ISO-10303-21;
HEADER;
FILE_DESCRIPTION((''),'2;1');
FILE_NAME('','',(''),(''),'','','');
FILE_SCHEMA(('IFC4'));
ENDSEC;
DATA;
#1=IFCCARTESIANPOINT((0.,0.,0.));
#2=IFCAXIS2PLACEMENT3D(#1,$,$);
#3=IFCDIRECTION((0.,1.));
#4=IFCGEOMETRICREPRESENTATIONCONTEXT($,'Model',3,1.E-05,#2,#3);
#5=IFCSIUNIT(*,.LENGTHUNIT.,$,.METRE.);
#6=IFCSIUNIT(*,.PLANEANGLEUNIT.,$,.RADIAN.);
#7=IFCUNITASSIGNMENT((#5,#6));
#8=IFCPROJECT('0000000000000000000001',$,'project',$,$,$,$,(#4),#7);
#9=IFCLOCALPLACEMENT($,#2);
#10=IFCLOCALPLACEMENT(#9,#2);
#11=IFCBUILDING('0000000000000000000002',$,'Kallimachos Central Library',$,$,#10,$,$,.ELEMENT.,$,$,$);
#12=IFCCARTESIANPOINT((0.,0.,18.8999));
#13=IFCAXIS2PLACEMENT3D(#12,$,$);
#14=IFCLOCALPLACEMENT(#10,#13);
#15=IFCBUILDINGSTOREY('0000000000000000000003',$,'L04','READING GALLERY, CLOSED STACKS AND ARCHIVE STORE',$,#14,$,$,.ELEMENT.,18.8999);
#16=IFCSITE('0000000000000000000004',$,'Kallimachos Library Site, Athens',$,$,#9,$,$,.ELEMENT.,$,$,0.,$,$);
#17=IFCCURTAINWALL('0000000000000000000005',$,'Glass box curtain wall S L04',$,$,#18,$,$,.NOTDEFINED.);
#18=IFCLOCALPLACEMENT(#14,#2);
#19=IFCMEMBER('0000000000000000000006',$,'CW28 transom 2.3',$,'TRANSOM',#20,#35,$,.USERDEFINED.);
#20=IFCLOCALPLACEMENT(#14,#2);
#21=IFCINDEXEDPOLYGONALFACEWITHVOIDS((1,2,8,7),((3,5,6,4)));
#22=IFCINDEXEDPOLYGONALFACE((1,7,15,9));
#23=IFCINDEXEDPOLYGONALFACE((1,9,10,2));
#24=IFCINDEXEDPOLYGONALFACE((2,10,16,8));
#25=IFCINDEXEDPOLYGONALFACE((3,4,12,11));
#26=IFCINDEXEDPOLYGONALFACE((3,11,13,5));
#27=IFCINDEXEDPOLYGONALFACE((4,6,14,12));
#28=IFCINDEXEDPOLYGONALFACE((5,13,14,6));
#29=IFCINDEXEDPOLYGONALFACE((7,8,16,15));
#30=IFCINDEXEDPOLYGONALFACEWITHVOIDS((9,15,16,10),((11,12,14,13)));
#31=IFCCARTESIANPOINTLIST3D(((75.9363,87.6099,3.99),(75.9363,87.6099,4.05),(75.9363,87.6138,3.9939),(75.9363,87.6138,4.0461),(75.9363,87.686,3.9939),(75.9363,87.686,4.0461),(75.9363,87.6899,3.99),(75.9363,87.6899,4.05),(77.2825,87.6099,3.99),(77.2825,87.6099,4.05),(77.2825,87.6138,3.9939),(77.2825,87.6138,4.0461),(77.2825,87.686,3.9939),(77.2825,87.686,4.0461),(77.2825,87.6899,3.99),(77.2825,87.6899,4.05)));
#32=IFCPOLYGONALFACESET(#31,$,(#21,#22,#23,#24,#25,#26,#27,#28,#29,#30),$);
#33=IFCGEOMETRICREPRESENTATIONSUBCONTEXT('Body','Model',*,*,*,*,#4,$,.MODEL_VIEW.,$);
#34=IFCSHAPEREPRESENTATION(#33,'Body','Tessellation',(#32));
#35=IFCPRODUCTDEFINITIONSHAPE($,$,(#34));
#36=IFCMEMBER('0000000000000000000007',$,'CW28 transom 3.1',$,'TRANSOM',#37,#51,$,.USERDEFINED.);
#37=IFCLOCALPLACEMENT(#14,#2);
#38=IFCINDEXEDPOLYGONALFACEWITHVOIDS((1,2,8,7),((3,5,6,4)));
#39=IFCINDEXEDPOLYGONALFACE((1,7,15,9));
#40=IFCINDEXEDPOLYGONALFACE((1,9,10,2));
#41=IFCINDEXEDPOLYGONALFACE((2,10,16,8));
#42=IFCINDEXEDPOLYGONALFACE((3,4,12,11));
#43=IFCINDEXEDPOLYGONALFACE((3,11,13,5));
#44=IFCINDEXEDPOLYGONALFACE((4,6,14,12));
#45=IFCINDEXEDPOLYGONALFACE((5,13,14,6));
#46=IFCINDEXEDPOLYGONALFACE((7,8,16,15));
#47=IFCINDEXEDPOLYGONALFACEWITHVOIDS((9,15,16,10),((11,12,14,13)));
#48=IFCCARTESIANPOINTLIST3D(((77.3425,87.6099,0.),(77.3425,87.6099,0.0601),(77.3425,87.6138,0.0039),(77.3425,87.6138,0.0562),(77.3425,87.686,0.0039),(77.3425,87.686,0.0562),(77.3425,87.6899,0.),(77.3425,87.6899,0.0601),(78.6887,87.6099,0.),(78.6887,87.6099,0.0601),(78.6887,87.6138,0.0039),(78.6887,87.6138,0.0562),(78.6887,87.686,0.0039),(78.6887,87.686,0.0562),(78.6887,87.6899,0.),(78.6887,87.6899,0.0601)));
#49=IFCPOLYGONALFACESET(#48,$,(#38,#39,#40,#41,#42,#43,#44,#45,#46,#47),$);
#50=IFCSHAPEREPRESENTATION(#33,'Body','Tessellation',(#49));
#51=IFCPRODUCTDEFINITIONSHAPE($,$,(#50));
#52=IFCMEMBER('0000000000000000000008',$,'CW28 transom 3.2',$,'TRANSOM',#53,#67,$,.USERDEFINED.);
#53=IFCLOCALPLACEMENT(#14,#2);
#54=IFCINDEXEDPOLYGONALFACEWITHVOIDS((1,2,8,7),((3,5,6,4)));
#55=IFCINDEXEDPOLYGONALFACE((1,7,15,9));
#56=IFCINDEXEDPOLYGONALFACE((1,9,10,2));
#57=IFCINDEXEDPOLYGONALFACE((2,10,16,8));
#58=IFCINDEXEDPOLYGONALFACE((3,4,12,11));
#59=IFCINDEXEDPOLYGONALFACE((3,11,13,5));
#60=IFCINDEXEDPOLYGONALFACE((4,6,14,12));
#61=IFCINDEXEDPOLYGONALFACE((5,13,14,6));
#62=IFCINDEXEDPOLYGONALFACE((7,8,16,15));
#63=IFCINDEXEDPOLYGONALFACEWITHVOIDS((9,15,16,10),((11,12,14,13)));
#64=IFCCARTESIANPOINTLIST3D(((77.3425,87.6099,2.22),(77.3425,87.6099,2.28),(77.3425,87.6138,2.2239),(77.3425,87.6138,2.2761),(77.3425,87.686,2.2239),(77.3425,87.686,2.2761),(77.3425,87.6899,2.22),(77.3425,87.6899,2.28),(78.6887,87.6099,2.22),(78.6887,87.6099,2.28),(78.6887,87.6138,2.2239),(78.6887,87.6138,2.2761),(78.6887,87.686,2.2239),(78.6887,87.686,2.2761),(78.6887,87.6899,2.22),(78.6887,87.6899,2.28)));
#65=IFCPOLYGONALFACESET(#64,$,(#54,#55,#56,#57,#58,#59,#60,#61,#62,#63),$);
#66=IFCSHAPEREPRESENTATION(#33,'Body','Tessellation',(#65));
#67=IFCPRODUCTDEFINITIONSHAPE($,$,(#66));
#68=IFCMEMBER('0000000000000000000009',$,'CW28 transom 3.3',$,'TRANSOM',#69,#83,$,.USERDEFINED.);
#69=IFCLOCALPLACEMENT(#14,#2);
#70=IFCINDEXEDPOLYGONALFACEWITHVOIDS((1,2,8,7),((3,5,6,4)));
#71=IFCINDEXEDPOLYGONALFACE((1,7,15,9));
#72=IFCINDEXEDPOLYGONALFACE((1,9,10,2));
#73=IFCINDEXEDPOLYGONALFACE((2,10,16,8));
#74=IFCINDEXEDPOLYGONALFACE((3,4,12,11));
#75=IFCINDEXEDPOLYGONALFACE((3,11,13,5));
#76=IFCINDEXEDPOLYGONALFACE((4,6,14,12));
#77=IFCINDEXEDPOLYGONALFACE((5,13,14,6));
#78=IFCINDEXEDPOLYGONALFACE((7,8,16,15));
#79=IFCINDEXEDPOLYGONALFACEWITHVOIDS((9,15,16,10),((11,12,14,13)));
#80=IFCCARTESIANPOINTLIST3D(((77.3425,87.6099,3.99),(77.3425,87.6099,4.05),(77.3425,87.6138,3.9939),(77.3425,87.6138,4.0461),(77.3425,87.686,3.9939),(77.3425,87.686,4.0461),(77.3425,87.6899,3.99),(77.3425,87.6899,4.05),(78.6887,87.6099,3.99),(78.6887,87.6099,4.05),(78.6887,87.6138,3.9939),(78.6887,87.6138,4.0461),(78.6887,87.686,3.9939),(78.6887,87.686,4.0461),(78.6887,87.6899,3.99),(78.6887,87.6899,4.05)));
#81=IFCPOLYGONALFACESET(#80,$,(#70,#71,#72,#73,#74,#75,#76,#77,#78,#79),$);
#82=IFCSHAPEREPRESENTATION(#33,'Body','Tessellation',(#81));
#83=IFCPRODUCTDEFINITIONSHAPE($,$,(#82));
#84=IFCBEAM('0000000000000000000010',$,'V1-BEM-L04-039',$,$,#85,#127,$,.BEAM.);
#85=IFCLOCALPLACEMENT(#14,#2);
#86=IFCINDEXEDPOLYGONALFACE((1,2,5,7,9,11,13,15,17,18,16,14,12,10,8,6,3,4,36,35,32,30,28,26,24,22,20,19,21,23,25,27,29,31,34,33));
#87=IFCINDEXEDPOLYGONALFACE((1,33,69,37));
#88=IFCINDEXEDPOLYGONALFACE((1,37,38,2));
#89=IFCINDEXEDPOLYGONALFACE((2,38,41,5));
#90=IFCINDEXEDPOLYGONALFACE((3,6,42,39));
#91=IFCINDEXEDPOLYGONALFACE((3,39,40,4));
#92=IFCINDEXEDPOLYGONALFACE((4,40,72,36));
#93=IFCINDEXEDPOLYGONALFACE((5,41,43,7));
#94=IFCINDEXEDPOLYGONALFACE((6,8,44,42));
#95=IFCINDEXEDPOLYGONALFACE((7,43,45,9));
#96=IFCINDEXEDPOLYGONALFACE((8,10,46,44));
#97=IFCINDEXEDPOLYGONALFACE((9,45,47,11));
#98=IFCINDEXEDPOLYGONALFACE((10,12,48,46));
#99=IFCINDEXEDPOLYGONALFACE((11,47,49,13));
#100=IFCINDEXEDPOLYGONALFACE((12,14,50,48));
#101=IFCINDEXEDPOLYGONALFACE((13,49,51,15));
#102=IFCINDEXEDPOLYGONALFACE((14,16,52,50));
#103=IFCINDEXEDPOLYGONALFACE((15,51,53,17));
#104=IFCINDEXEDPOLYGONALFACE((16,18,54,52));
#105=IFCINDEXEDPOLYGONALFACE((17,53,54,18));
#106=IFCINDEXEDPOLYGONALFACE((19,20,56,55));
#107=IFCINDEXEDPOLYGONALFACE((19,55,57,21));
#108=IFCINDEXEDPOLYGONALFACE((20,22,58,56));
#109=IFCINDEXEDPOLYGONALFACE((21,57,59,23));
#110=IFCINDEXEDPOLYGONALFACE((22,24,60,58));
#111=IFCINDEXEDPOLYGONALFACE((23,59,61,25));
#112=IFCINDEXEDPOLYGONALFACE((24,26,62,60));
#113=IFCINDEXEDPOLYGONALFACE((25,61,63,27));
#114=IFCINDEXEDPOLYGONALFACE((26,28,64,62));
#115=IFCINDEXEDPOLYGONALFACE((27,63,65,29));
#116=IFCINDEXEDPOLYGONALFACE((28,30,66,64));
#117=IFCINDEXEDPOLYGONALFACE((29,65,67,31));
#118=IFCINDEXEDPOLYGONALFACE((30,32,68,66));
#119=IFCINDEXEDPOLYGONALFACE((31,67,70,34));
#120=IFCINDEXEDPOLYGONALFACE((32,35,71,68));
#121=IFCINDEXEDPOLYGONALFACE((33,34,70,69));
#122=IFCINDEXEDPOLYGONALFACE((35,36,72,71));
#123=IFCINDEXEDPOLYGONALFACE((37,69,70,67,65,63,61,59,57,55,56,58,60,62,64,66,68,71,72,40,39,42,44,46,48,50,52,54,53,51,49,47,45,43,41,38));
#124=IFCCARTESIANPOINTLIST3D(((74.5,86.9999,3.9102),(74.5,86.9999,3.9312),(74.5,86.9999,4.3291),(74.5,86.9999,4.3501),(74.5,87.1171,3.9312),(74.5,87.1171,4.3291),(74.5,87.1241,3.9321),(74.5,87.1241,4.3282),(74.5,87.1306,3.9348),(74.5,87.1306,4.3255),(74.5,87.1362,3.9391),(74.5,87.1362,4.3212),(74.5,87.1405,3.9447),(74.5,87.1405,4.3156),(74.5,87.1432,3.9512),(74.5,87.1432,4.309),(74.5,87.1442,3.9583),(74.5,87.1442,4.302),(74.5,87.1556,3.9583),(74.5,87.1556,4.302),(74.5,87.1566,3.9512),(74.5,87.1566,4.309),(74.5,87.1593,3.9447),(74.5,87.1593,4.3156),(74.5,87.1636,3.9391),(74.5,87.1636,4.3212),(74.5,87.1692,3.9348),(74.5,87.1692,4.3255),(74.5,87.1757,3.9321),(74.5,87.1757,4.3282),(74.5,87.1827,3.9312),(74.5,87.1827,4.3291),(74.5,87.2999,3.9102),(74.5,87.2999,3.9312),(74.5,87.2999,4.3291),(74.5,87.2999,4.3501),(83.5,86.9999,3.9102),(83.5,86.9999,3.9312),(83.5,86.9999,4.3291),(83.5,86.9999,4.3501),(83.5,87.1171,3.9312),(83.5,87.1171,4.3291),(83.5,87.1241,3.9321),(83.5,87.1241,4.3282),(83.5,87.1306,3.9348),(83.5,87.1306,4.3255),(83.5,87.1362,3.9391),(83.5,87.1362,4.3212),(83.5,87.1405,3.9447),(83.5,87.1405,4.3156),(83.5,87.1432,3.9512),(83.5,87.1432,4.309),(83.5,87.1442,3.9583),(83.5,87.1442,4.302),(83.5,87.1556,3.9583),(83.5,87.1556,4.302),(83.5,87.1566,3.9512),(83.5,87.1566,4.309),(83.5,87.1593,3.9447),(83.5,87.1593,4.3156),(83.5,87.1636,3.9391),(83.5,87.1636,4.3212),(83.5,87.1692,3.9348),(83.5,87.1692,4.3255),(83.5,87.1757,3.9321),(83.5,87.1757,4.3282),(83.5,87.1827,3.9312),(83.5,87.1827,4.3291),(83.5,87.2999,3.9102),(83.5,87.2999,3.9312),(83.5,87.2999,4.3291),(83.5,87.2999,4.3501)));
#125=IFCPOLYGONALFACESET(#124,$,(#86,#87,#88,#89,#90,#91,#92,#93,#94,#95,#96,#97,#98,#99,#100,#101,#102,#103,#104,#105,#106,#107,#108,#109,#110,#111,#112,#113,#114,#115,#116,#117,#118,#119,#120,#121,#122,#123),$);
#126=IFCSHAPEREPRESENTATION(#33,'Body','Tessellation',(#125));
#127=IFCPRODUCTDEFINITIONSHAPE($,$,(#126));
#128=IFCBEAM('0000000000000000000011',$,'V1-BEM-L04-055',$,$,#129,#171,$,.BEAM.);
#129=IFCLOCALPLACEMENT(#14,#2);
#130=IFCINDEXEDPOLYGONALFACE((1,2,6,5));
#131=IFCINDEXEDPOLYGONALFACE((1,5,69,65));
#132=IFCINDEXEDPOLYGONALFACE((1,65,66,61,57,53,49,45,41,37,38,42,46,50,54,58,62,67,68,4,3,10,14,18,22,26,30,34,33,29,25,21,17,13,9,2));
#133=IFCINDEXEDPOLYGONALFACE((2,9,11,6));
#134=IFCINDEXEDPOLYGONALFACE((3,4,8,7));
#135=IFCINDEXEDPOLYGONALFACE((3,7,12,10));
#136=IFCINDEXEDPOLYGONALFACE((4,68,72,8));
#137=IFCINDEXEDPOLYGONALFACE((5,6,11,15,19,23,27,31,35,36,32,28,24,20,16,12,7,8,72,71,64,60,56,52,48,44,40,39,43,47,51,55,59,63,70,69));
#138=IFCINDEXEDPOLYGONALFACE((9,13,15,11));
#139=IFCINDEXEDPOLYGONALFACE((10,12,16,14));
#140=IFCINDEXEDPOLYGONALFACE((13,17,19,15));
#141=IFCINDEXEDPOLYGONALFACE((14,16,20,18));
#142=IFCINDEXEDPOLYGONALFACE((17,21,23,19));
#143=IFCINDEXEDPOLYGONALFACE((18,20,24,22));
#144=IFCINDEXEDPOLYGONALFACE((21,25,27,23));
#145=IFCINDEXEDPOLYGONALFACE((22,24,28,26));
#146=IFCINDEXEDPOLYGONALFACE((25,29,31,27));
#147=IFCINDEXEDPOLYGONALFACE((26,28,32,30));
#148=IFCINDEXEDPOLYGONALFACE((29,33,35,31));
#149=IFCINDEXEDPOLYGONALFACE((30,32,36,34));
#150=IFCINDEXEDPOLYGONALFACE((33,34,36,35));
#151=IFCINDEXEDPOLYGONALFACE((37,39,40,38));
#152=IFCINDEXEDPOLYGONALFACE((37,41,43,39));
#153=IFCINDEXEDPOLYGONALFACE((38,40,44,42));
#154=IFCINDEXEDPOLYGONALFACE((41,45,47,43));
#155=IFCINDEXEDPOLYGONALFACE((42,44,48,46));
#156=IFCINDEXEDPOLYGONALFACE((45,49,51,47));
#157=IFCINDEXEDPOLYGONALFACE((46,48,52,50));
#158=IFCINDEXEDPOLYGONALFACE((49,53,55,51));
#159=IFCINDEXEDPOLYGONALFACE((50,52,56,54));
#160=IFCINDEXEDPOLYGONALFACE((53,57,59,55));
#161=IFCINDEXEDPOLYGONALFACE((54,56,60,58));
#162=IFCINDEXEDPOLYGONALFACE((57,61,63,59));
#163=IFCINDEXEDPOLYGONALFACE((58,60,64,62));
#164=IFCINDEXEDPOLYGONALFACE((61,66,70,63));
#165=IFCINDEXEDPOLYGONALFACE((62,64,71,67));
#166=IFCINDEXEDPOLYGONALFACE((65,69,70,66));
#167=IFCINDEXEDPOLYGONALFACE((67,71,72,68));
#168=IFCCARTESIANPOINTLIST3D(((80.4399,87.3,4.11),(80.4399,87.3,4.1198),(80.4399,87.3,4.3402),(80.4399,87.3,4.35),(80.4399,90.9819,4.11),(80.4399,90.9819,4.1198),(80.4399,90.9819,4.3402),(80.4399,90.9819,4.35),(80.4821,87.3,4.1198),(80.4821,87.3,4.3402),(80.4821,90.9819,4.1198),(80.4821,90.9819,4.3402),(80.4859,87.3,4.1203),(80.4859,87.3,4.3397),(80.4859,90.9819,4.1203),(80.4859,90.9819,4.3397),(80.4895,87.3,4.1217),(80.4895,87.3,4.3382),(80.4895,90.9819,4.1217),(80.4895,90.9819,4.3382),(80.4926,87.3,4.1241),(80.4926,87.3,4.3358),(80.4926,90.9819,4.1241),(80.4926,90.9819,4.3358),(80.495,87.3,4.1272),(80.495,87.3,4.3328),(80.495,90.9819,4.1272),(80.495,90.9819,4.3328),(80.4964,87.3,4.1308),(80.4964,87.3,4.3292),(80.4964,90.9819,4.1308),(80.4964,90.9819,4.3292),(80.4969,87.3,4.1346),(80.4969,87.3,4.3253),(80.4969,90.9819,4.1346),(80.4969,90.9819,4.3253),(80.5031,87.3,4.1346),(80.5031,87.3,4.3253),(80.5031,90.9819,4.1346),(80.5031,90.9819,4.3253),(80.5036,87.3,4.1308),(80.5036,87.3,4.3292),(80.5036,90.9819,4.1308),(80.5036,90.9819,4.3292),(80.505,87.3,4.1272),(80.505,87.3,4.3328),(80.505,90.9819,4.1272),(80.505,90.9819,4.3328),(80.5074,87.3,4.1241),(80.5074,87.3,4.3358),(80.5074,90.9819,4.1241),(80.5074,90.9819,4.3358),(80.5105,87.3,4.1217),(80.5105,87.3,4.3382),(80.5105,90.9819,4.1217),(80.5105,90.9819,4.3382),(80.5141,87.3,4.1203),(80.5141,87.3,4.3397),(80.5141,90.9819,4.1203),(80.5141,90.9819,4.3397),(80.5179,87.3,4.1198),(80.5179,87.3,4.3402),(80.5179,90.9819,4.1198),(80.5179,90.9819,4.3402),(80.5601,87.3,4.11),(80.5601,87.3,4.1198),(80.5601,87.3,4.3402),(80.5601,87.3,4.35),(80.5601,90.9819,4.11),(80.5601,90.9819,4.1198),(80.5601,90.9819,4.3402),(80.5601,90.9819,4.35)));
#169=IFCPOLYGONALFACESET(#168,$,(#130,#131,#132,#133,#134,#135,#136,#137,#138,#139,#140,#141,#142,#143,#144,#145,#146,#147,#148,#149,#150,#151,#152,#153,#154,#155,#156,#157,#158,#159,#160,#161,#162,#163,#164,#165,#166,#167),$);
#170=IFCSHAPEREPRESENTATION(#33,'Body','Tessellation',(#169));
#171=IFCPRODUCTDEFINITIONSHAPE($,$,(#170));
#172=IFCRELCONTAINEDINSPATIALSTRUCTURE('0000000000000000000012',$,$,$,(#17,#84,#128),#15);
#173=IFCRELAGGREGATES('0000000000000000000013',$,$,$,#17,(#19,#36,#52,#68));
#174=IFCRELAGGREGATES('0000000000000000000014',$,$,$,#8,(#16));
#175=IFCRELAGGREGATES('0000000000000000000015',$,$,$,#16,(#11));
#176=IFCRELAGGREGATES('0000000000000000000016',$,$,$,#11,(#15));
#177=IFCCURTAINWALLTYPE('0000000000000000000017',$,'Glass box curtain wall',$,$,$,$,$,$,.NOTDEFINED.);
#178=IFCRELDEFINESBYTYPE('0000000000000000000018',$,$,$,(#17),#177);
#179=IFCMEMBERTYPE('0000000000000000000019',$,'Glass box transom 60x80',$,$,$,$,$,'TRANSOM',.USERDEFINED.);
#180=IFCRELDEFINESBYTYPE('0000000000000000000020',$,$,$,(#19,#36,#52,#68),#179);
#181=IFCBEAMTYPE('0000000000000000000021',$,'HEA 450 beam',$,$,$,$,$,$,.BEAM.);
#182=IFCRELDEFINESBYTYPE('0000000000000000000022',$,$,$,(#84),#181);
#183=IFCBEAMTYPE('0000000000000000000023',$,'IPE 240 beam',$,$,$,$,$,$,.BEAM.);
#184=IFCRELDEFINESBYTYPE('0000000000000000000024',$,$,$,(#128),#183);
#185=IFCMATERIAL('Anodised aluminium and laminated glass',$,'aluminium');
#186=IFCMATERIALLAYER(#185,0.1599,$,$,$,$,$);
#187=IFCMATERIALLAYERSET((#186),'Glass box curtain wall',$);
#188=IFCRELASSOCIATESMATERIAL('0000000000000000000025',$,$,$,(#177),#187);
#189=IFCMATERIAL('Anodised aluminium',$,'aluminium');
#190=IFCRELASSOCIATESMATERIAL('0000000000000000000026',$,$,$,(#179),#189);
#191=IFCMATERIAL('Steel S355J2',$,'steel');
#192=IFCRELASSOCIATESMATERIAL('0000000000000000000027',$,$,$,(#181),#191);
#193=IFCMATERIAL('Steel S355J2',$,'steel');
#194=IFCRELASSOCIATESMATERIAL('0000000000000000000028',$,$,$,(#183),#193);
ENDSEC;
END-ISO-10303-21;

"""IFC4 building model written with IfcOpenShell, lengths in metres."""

from ifc_helpers import new_model, si_unit, direction, frame, origin, origin_2d, place, context, subcontext, project, spatial, hollow_rectangle, i_section, extrude, material, layer, layer_set, material_profile, profile_set, type_object, element, aggregate, save


model = new_model("IFC4")

# Units and contexts
model_context = context("Model", 3, precision=1e-05, world=origin(), true_north=direction((0.0, 1.0)))
body_context = subcontext(model_context, "Body", "Model", "MODEL_VIEW")
ifc_project = project(units=[si_unit("LENGTHUNIT", "METRE"), si_unit("PLANEANGLEUNIT", "RADIAN")], contexts=[model_context])

# Site, building, storey
site_placement = place(None, origin())
site = spatial("IfcSite", under=ifc_project, at=site_placement, Name="Kallimachos Library Site, Athens", CompositionType="ELEMENT", RefElevation=0.0)
building_placement = place(site_placement, origin())
building = spatial("IfcBuilding", under=site, at=building_placement, Name="Kallimachos Central Library", CompositionType="ELEMENT")
storey_placement = place(building_placement, frame((0.0, 0.0, 18.8999)))
storey = spatial("IfcBuildingStorey", under=building, at=storey_placement, Name="L04", Description="READING GALLERY, CLOSED STACKS AND ARCHIVE STORE", CompositionType="ELEMENT", Elevation=18.8999)

# Curtain wall, members
ifc_material_1 = material(Name="Anodised aluminium and laminated glass", Category="aluminium")
ifc_layer_1 = layer(ifc_material_1, 0.1599)
ifc_layer_set_1 = layer_set([ifc_layer_1], Name="Glass box curtain wall")
curtain_wall_type = type_object("IfcCurtainWallType", Name="Glass box curtain wall", PredefinedType="NOTDEFINED", material=ifc_layer_set_1)
curtain_wall_placement = place(storey_placement, origin())
curtain_wall = element("IfcCurtainWall", 1, at=curtain_wall_placement, inside=storey, type_object=curtain_wall_type, Name="Glass box curtain wall S L04", PredefinedType="NOTDEFINED")
ifc_material_2 = material(Name="Anodised aluminium", Category="aluminium")
ifc_material_profile_1 = material_profile(ifc_material_2, hollow_rectangle(XDim=0.0601, YDim=0.0801, WallThickness=0.0039, at=origin_2d()), Name="ALU TRANSOM 60x80")
ifc_profile_set_1 = profile_set([ifc_material_profile_1], Name="Anodised aluminium")
member_type_1 = type_object("IfcMemberType", Name="Glass box transom 60x80", ElementType="TRANSOM", PredefinedType="USERDEFINED", material=ifc_profile_set_1)
member_1_placement = place(storey_placement, frame((75.9363, 87.6499, 4.02), z_axis=(1.0, 0.0, 0.0), x_axis=(0.0, 0.0, 1.0)))
member_1 = element("IfcMember", 2, at=member_1_placement, type_object=member_type_1, Name="CW28 transom 2.3", ObjectType="TRANSOM", PredefinedType="USERDEFINED", context=body_context, shape_type="SweptSolid", body=[
    extrude(hollow_rectangle(XDim=0.0601, YDim=0.0801, WallThickness=0.0039, at=origin_2d()), origin(), (0.0, 0.0, 1.0), 1.3462),
])
member_2_placement = place(storey_placement, frame((77.3425, 87.6499, 0.03), z_axis=(1.0, 0.0, 0.0), x_axis=(0.0, 0.0, 1.0)))
member_2 = element("IfcMember", 3, at=member_2_placement, type_object=member_type_1, Name="CW28 transom 3.1", ObjectType="TRANSOM", PredefinedType="USERDEFINED", context=body_context, shape_type="SweptSolid", body=[
    extrude(hollow_rectangle(XDim=0.0601, YDim=0.0801, WallThickness=0.0039, at=origin_2d()), origin(), (0.0, 0.0, 1.0), 1.3462),
])
member_3_placement = place(storey_placement, frame((77.3425, 87.6499, 2.25), z_axis=(1.0, 0.0, 0.0), x_axis=(0.0, 0.0, 1.0)))
member_3 = element("IfcMember", 4, at=member_3_placement, type_object=member_type_1, Name="CW28 transom 3.2", ObjectType="TRANSOM", PredefinedType="USERDEFINED", context=body_context, shape_type="SweptSolid", body=[
    extrude(hollow_rectangle(XDim=0.0601, YDim=0.0801, WallThickness=0.0039, at=origin_2d()), origin(), (0.0, 0.0, 1.0), 1.3462),
])
member_4_placement = place(storey_placement, frame((77.3425, 87.6499, 4.02), z_axis=(1.0, 0.0, 0.0), x_axis=(0.0, 0.0, 1.0)))
member_4 = element("IfcMember", 5, at=member_4_placement, type_object=member_type_1, Name="CW28 transom 3.3", ObjectType="TRANSOM", PredefinedType="USERDEFINED", context=body_context, shape_type="SweptSolid", body=[
    extrude(hollow_rectangle(XDim=0.0601, YDim=0.0801, WallThickness=0.0039, at=origin_2d()), origin(), (0.0, 0.0, 1.0), 1.3462),
])

# Beams
ifc_material_3 = material(Name="Steel S355J2", Category="steel")
ifc_material_profile_2 = material_profile(ifc_material_3, i_section(OverallWidth=0.3, OverallDepth=0.4399, WebThickness=0.0115, FlangeThickness=0.021, FilletRadius=0.0271, at=origin_2d()), Name="HEA 450")
ifc_profile_set_2 = profile_set([ifc_material_profile_2], Name="Steel S355J2")
beam_type_1 = type_object("IfcBeamType", Name="HEA 450 beam", PredefinedType="BEAM", material=ifc_profile_set_2)
beam_1_placement = place(storey_placement, frame((74.5, 87.1499, 4.1301), z_axis=(1.0, 0.0, 0.0), x_axis=(0.0, 1.0, 0.0)))
element("IfcBeam", 6, at=beam_1_placement, inside=storey, type_object=beam_type_1, Name="V1-BEM-L04-039", PredefinedType="BEAM", context=body_context, shape_type="SweptSolid", body=[
    extrude(i_section(OverallWidth=0.3, OverallDepth=0.4399, WebThickness=0.0115, FlangeThickness=0.021, FilletRadius=0.0271, at=origin_2d()), origin(), (0.0, 0.0, 1.0), 9.0),
])
ifc_material_4 = material(Name="Steel S355J2", Category="steel")
ifc_material_profile_3 = material_profile(ifc_material_4, i_section(OverallWidth=0.1201, OverallDepth=0.24, WebThickness=0.0061, FlangeThickness=0.0098, FilletRadius=0.0149, at=origin_2d()), Name="IPE 240")
ifc_profile_set_3 = profile_set([ifc_material_profile_3], Name="Steel S355J2")
beam_type_2 = type_object("IfcBeamType", Name="IPE 240 beam", PredefinedType="BEAM", material=ifc_profile_set_3)
beam_2_placement = place(storey_placement, frame((80.5, 87.3, 4.23), z_axis=(0.0, 1.0, 0.0), x_axis=(-1.0, 0.0, 0.0)))
element("IfcBeam", 7, at=beam_2_placement, inside=storey, type_object=beam_type_2, Name="V1-BEM-L04-055", PredefinedType="BEAM", context=body_context, shape_type="SweptSolid", body=[
    extrude(i_section(OverallWidth=0.1201, OverallDepth=0.24, WebThickness=0.0061, FlangeThickness=0.0098, FilletRadius=0.0149, at=origin_2d()), origin(), (0.0, 0.0, 1.0), 3.6819),
])

aggregate(curtain_wall, [member_1, member_2, member_3, member_4])

save(model, "model.ifc")
